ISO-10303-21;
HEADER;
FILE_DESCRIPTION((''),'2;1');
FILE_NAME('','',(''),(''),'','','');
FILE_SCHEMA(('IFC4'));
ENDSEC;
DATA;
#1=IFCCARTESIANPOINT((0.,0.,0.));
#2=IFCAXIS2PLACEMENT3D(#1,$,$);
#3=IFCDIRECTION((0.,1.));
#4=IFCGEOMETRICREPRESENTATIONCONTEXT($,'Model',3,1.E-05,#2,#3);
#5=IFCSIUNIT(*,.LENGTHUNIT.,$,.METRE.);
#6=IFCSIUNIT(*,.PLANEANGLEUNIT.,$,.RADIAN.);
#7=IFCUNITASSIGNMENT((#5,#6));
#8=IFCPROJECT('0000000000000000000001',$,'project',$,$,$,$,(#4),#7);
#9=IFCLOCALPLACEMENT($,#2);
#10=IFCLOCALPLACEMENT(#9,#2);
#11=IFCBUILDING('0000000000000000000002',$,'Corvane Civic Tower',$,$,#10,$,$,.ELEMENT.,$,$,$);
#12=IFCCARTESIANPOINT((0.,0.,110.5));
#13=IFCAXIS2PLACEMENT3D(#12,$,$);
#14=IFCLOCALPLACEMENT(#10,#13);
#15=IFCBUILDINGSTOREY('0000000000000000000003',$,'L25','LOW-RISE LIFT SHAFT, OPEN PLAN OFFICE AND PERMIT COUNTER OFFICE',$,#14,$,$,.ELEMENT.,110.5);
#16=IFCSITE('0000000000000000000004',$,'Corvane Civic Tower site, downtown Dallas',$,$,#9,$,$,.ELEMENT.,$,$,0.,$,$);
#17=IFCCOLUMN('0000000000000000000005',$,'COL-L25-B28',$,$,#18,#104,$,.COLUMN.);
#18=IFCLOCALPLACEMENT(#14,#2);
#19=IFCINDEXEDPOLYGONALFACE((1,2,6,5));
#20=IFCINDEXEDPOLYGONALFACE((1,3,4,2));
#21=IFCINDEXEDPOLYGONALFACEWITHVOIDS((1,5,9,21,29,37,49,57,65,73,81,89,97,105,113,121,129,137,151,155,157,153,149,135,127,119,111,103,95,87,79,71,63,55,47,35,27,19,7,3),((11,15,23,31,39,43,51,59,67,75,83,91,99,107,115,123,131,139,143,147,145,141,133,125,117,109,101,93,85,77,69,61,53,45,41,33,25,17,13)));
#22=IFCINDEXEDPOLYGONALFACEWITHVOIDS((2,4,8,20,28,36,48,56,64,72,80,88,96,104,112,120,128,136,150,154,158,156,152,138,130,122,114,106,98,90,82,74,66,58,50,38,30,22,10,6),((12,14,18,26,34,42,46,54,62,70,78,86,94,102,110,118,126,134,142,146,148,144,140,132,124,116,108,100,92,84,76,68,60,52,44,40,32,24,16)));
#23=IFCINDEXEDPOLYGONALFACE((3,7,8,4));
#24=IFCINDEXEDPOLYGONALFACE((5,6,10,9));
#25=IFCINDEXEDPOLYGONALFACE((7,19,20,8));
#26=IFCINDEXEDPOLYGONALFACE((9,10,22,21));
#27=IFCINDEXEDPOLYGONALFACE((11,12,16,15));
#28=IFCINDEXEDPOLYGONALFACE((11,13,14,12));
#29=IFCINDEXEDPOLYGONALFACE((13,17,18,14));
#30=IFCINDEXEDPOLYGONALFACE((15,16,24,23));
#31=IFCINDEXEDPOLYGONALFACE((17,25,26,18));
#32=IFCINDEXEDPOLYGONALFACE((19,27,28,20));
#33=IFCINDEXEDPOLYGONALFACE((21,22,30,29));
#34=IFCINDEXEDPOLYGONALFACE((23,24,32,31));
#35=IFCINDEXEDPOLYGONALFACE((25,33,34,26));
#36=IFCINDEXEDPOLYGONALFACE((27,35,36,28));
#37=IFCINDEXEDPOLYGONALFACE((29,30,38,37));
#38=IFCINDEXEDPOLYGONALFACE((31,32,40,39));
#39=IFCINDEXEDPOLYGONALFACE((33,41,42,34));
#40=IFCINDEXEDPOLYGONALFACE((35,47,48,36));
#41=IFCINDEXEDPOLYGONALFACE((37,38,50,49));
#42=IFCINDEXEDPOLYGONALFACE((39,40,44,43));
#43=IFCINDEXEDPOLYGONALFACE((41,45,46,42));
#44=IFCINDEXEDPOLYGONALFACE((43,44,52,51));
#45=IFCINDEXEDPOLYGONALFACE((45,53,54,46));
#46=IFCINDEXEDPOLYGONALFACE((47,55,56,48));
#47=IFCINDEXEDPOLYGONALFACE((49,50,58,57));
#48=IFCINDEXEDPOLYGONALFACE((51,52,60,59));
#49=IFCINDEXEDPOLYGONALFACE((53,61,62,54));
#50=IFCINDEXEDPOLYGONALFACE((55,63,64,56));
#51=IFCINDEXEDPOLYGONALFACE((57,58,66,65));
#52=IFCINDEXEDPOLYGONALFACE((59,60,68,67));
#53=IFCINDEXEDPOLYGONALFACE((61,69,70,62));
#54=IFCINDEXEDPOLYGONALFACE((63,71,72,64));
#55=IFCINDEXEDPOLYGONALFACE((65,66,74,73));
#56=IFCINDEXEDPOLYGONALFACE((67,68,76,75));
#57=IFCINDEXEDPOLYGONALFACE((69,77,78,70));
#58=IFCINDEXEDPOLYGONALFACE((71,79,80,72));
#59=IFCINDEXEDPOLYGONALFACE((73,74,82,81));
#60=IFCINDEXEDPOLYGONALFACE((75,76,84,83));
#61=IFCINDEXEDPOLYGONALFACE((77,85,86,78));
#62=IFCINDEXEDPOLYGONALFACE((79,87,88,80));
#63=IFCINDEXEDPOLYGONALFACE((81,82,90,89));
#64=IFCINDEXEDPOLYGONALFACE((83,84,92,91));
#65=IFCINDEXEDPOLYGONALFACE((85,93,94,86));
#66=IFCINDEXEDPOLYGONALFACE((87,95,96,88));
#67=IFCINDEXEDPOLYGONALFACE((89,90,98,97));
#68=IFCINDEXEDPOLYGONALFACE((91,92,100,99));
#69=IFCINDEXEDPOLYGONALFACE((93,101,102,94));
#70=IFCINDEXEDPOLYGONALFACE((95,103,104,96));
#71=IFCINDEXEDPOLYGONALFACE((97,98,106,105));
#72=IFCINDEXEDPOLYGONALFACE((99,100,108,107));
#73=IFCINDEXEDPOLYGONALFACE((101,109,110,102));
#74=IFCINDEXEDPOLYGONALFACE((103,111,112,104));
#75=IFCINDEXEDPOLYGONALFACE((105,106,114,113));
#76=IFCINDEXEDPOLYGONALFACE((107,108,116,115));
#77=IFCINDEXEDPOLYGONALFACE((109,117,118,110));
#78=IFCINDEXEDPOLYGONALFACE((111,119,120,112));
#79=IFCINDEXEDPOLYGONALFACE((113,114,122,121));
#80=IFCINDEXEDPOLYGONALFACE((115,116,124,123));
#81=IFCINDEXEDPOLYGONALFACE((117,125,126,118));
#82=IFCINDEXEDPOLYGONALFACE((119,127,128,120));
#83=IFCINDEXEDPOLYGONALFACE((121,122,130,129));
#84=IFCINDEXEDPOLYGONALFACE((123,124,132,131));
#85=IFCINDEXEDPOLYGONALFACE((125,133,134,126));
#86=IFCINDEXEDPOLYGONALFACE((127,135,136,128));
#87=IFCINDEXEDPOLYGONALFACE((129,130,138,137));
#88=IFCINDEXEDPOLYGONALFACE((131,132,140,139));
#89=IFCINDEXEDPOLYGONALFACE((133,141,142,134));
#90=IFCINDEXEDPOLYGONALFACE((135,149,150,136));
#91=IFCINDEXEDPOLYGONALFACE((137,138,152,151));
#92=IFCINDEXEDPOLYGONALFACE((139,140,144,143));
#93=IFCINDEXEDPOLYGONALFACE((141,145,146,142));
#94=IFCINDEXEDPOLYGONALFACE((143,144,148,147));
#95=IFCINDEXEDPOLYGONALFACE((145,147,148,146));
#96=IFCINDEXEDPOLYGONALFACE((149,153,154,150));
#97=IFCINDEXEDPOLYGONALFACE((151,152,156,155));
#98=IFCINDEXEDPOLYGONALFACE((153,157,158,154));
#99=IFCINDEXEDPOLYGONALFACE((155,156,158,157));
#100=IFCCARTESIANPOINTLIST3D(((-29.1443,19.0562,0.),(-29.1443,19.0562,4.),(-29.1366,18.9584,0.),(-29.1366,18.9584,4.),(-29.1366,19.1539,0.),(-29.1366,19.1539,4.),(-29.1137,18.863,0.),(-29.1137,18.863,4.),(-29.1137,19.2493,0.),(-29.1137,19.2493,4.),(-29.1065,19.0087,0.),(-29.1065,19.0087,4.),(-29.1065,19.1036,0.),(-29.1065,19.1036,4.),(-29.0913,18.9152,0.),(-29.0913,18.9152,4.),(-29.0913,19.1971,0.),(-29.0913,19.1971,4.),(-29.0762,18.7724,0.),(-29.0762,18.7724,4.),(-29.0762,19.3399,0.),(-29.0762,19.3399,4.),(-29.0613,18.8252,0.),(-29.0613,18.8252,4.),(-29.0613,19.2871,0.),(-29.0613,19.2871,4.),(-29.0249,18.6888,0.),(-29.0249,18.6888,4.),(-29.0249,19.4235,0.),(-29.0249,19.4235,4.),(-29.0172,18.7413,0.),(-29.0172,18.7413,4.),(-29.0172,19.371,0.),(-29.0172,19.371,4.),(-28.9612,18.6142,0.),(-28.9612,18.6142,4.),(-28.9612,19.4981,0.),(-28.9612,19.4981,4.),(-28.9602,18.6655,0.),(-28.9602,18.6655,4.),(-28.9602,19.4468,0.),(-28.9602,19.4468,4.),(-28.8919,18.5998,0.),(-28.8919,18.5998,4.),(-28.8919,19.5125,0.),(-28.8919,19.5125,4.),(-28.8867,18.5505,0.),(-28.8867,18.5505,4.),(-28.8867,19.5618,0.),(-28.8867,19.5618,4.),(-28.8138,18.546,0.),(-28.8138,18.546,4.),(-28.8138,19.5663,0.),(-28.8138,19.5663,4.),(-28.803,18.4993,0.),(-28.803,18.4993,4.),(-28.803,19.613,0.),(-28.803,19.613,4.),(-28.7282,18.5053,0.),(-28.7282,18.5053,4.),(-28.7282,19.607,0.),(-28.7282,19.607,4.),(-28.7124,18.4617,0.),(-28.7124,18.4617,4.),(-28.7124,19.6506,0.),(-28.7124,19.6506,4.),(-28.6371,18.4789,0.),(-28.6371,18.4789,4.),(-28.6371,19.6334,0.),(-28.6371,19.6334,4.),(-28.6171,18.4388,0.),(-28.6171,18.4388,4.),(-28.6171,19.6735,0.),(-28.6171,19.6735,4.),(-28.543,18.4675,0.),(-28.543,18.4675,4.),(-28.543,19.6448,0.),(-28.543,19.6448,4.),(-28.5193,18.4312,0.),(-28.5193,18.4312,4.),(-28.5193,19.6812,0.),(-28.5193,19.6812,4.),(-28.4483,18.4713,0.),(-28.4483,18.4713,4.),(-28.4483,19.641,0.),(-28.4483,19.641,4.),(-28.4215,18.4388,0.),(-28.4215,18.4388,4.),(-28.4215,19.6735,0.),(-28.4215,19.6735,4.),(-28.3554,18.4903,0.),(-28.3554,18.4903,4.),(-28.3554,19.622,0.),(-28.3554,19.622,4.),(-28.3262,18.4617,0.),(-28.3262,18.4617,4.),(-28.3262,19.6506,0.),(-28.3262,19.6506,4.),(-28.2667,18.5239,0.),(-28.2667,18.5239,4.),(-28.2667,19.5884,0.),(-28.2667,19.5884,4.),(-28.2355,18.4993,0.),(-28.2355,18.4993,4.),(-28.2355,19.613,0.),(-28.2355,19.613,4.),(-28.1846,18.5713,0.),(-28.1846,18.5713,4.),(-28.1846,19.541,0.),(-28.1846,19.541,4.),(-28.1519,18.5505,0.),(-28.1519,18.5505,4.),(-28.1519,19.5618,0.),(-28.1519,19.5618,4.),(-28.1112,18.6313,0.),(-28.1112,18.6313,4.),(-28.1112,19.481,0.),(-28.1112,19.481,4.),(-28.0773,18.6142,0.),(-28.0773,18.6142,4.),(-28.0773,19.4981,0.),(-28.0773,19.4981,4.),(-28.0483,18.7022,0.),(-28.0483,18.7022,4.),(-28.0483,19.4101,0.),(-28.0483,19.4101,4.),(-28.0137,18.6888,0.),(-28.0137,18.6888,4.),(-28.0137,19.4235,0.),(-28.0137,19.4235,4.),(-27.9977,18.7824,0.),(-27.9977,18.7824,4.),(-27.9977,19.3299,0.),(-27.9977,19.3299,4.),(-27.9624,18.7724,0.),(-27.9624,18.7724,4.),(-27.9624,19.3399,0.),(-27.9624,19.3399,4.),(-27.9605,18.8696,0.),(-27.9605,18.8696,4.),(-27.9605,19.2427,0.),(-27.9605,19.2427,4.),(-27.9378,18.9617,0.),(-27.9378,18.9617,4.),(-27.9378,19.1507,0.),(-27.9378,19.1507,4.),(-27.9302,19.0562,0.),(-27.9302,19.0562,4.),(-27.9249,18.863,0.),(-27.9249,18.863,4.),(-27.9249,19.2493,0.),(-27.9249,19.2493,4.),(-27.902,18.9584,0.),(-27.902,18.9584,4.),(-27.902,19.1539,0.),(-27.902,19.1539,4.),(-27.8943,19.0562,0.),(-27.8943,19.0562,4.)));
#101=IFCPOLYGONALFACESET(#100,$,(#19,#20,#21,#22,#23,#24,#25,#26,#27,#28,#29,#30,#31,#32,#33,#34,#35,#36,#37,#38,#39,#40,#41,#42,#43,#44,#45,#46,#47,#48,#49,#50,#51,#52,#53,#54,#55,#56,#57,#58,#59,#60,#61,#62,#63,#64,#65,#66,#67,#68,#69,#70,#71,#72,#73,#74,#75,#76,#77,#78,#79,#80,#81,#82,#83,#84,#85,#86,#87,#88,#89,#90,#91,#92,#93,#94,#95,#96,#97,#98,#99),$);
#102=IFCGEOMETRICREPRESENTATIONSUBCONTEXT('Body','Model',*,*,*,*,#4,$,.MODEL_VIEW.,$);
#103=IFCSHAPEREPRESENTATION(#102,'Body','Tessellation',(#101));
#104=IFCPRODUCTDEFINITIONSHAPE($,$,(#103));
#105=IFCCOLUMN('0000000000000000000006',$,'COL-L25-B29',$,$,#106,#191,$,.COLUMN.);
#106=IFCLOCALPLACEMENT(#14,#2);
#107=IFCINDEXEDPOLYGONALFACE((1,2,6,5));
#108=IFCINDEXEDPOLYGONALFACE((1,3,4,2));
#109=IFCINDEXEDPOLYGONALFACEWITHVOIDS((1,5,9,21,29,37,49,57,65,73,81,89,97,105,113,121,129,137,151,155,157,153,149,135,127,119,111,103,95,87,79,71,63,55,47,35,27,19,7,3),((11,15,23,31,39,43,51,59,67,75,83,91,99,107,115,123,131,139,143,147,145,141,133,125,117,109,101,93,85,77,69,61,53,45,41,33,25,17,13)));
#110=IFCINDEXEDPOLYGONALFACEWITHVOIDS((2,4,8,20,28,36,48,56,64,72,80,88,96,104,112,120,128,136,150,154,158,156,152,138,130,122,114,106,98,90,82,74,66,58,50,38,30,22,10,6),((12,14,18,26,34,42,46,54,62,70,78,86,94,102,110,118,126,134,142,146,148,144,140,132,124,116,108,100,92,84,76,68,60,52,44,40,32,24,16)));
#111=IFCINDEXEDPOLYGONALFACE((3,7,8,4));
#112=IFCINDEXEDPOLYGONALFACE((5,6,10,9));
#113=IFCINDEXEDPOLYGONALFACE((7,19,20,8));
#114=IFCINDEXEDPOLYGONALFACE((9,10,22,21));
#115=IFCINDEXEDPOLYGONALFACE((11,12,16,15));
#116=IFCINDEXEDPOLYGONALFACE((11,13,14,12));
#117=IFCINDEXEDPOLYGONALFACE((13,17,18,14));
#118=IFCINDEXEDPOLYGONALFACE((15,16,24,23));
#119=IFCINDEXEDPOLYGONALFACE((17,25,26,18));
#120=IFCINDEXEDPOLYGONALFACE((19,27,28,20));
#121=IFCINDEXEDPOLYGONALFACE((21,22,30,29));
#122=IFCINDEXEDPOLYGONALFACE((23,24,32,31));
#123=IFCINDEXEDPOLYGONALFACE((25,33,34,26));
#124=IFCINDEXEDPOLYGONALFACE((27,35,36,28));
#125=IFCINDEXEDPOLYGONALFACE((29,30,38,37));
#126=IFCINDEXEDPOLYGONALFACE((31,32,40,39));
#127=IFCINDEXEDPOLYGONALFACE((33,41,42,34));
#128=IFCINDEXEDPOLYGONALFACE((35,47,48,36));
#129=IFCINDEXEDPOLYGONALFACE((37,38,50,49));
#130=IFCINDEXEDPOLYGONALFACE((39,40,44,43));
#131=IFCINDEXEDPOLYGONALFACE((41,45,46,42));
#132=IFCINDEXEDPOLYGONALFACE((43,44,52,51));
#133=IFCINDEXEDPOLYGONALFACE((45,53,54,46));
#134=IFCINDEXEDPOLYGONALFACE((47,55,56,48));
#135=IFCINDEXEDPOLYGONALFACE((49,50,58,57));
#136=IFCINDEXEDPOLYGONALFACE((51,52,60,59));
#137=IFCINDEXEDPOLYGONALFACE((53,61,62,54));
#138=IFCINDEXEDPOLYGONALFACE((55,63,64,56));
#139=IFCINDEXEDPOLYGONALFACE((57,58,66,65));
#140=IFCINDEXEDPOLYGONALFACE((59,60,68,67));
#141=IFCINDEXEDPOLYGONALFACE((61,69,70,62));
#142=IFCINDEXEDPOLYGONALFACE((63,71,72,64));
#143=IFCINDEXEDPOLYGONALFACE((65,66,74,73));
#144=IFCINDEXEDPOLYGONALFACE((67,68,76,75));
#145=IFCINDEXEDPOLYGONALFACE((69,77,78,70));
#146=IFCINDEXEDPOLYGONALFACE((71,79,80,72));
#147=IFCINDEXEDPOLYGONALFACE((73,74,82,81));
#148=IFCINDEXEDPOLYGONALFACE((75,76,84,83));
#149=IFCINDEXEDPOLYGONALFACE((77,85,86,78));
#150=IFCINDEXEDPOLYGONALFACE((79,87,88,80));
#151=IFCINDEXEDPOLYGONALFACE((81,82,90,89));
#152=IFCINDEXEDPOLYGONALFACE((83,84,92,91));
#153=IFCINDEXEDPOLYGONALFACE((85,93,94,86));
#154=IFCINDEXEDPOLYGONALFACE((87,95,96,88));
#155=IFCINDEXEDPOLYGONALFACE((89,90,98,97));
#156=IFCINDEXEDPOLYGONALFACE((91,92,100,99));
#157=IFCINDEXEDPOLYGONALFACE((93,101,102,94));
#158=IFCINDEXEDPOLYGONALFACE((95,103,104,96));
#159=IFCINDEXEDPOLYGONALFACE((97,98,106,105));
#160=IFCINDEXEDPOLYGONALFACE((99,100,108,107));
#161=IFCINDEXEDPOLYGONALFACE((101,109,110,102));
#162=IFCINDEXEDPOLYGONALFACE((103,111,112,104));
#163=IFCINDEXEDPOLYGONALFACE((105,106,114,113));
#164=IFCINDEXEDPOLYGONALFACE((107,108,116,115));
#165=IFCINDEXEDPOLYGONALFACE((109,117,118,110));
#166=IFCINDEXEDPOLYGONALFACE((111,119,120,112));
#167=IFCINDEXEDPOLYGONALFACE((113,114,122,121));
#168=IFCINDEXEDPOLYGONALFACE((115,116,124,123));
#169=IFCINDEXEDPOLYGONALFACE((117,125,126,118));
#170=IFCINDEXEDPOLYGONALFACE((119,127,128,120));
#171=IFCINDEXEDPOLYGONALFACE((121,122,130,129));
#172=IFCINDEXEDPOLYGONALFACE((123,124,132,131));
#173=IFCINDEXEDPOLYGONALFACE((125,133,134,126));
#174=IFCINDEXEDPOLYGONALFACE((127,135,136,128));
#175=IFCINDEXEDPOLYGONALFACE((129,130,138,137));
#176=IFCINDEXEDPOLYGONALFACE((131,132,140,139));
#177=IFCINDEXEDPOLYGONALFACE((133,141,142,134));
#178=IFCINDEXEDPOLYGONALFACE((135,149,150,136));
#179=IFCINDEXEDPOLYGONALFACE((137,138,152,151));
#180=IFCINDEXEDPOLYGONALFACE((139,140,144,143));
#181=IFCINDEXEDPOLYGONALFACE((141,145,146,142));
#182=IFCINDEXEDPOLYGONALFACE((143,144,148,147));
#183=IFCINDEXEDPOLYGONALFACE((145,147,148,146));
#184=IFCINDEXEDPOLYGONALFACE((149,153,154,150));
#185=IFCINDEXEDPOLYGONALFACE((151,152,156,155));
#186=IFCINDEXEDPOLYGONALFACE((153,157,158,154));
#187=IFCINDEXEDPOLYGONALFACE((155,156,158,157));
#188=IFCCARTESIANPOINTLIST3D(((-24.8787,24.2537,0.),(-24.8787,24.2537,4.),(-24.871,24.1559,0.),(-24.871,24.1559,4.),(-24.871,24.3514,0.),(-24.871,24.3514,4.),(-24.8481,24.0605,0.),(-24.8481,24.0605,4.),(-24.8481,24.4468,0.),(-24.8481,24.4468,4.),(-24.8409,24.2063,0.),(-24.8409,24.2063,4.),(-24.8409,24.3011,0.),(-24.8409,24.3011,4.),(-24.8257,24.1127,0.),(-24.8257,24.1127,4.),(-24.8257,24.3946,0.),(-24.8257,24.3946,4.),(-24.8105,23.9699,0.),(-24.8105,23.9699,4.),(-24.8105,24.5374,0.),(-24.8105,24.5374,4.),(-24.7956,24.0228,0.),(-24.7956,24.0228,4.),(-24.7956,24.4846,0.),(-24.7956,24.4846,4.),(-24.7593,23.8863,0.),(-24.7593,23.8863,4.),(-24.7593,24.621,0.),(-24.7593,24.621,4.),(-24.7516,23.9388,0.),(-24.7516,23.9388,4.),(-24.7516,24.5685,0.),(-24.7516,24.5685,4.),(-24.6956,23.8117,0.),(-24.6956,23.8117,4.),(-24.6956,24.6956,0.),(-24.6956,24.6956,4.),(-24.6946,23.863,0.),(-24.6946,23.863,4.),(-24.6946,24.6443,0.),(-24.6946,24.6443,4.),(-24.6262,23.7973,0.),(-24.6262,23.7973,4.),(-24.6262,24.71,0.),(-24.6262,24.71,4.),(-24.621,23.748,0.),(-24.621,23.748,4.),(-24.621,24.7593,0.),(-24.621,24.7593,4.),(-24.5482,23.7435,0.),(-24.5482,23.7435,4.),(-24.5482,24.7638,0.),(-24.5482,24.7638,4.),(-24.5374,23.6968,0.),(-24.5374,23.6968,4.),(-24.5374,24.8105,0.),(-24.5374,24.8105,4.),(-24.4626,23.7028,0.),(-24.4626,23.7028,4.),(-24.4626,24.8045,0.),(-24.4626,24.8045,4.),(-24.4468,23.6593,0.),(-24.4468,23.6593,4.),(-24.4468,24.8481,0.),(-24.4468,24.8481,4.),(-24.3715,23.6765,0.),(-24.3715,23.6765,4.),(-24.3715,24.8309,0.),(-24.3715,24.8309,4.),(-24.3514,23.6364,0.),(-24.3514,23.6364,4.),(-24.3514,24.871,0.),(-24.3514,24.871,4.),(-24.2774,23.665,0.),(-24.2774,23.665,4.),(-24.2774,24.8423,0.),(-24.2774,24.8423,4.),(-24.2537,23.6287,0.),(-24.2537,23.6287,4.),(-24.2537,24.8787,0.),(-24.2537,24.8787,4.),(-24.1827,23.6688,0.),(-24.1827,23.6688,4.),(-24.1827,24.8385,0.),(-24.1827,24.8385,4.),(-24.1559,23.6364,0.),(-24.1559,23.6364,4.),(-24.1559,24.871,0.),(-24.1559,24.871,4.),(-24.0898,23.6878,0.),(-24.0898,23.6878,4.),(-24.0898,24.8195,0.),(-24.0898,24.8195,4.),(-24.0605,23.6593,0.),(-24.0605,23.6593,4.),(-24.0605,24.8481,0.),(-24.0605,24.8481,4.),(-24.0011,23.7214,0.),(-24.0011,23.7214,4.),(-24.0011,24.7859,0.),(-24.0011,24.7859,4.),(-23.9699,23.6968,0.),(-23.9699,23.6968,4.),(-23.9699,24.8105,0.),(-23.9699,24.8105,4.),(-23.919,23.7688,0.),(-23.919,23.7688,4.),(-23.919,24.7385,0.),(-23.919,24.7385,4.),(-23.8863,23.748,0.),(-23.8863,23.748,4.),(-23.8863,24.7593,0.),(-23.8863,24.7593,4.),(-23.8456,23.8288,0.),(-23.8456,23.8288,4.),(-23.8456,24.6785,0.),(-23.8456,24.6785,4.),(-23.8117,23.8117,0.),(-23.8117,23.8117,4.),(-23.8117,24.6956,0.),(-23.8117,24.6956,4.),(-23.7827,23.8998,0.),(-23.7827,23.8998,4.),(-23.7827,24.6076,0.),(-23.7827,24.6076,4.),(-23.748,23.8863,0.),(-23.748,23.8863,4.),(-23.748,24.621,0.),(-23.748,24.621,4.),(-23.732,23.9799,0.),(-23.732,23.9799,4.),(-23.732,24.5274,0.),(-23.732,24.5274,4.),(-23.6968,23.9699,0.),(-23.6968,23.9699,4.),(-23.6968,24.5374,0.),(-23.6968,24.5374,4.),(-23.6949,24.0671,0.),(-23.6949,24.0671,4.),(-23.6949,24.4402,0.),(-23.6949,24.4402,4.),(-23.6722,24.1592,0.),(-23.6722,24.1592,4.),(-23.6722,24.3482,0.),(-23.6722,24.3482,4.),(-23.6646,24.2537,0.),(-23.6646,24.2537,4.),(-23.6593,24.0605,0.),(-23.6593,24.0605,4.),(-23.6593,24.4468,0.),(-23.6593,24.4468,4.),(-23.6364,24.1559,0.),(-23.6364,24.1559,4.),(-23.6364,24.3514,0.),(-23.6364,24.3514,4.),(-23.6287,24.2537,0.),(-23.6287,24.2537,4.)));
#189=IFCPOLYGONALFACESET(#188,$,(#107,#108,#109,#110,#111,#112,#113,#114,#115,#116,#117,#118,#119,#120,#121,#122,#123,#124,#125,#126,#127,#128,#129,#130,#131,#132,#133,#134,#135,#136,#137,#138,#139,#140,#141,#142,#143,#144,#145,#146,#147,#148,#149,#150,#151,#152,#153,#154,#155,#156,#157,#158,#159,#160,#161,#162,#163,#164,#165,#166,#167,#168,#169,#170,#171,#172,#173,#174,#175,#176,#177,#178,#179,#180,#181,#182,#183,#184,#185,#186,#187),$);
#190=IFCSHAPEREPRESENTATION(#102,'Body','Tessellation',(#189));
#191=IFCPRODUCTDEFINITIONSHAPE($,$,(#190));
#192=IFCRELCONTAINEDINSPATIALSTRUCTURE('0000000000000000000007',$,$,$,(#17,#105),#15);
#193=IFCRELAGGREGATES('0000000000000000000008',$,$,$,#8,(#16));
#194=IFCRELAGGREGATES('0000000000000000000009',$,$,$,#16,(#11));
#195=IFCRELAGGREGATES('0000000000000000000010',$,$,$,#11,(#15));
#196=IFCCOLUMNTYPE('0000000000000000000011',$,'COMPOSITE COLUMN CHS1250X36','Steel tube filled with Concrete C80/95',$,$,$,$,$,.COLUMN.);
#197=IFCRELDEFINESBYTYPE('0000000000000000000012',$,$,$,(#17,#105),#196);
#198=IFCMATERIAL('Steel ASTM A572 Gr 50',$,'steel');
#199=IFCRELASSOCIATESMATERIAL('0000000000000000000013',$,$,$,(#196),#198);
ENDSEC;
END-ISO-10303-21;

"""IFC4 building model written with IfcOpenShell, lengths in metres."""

from ifc_helpers import new_model, si_unit, direction, frame, origin, origin_2d, place, context, subcontext, project, spatial, hollow_circle, extrude, material, material_profile, profile_set, type_object, element, save


model = new_model("IFC4")

# Units and contexts
model_context = context("Model", 3, precision=1e-05, world=origin(), true_north=direction((0.0, 1.0)))
body_context = subcontext(model_context, "Body", "Model", "MODEL_VIEW")
ifc_project = project(units=[si_unit("LENGTHUNIT", "METRE"), si_unit("PLANEANGLEUNIT", "RADIAN")], contexts=[model_context])

# Site, building, storey
site_placement = place(None, origin())
site = spatial("IfcSite", under=ifc_project, at=site_placement, Name="Corvane Civic Tower site, downtown Dallas", CompositionType="ELEMENT", RefElevation=0.0)
building_placement = place(site_placement, origin())
building = spatial("IfcBuilding", under=site, at=building_placement, Name="Corvane Civic Tower", CompositionType="ELEMENT")
storey_placement = place(building_placement, frame((0.0, 0.0, 110.5)))
storey = spatial("IfcBuildingStorey", under=building, at=storey_placement, Name="L25", Description="LOW-RISE LIFT SHAFT, OPEN PLAN OFFICE AND PERMIT COUNTER OFFICE", CompositionType="ELEMENT", Elevation=110.5)

# Columns
ifc_material_1 = material(Name="Steel ASTM A572 Gr 50", Category="steel")
ifc_material_profile_1 = material_profile(ifc_material_1, hollow_circle(Radius=0.625, WallThickness=0.0359, at=origin_2d()), Name="CHS1250X36")
ifc_profile_set_1 = profile_set([ifc_material_profile_1], Name="Steel ASTM A572 Gr 50")
column_type = type_object("IfcColumnType", Name="COMPOSITE COLUMN CHS1250X36", Description="Steel tube filled with Concrete C80/95", PredefinedType="COLUMN", material=ifc_profile_set_1)
for number, where, z_axis, x_axis, name in (
    (1, (-28.5193, 19.0562, 0.0), (0.0, 0.0, 1.0), (1.0, 0.0, 0.0), "COL-L25-B28"),
    (2, (-24.2537, 24.2537, 0.0), (0.0, 0.0, 1.0), (1.0, 0.0, 0.0), "COL-L25-B29"),
):
    element("IfcColumn", number, at=place(storey_placement, frame(where, z_axis=z_axis, x_axis=x_axis)), inside=storey, type_object=column_type, Name=name, PredefinedType="COLUMN", context=body_context, shape_type="SweptSolid", body=[
        extrude(hollow_circle(Radius=0.625, WallThickness=0.0359, at=origin_2d()), origin(), (0.0, 0.0, 1.0), 4.0),
    ])

save(model, "model.ifc")
